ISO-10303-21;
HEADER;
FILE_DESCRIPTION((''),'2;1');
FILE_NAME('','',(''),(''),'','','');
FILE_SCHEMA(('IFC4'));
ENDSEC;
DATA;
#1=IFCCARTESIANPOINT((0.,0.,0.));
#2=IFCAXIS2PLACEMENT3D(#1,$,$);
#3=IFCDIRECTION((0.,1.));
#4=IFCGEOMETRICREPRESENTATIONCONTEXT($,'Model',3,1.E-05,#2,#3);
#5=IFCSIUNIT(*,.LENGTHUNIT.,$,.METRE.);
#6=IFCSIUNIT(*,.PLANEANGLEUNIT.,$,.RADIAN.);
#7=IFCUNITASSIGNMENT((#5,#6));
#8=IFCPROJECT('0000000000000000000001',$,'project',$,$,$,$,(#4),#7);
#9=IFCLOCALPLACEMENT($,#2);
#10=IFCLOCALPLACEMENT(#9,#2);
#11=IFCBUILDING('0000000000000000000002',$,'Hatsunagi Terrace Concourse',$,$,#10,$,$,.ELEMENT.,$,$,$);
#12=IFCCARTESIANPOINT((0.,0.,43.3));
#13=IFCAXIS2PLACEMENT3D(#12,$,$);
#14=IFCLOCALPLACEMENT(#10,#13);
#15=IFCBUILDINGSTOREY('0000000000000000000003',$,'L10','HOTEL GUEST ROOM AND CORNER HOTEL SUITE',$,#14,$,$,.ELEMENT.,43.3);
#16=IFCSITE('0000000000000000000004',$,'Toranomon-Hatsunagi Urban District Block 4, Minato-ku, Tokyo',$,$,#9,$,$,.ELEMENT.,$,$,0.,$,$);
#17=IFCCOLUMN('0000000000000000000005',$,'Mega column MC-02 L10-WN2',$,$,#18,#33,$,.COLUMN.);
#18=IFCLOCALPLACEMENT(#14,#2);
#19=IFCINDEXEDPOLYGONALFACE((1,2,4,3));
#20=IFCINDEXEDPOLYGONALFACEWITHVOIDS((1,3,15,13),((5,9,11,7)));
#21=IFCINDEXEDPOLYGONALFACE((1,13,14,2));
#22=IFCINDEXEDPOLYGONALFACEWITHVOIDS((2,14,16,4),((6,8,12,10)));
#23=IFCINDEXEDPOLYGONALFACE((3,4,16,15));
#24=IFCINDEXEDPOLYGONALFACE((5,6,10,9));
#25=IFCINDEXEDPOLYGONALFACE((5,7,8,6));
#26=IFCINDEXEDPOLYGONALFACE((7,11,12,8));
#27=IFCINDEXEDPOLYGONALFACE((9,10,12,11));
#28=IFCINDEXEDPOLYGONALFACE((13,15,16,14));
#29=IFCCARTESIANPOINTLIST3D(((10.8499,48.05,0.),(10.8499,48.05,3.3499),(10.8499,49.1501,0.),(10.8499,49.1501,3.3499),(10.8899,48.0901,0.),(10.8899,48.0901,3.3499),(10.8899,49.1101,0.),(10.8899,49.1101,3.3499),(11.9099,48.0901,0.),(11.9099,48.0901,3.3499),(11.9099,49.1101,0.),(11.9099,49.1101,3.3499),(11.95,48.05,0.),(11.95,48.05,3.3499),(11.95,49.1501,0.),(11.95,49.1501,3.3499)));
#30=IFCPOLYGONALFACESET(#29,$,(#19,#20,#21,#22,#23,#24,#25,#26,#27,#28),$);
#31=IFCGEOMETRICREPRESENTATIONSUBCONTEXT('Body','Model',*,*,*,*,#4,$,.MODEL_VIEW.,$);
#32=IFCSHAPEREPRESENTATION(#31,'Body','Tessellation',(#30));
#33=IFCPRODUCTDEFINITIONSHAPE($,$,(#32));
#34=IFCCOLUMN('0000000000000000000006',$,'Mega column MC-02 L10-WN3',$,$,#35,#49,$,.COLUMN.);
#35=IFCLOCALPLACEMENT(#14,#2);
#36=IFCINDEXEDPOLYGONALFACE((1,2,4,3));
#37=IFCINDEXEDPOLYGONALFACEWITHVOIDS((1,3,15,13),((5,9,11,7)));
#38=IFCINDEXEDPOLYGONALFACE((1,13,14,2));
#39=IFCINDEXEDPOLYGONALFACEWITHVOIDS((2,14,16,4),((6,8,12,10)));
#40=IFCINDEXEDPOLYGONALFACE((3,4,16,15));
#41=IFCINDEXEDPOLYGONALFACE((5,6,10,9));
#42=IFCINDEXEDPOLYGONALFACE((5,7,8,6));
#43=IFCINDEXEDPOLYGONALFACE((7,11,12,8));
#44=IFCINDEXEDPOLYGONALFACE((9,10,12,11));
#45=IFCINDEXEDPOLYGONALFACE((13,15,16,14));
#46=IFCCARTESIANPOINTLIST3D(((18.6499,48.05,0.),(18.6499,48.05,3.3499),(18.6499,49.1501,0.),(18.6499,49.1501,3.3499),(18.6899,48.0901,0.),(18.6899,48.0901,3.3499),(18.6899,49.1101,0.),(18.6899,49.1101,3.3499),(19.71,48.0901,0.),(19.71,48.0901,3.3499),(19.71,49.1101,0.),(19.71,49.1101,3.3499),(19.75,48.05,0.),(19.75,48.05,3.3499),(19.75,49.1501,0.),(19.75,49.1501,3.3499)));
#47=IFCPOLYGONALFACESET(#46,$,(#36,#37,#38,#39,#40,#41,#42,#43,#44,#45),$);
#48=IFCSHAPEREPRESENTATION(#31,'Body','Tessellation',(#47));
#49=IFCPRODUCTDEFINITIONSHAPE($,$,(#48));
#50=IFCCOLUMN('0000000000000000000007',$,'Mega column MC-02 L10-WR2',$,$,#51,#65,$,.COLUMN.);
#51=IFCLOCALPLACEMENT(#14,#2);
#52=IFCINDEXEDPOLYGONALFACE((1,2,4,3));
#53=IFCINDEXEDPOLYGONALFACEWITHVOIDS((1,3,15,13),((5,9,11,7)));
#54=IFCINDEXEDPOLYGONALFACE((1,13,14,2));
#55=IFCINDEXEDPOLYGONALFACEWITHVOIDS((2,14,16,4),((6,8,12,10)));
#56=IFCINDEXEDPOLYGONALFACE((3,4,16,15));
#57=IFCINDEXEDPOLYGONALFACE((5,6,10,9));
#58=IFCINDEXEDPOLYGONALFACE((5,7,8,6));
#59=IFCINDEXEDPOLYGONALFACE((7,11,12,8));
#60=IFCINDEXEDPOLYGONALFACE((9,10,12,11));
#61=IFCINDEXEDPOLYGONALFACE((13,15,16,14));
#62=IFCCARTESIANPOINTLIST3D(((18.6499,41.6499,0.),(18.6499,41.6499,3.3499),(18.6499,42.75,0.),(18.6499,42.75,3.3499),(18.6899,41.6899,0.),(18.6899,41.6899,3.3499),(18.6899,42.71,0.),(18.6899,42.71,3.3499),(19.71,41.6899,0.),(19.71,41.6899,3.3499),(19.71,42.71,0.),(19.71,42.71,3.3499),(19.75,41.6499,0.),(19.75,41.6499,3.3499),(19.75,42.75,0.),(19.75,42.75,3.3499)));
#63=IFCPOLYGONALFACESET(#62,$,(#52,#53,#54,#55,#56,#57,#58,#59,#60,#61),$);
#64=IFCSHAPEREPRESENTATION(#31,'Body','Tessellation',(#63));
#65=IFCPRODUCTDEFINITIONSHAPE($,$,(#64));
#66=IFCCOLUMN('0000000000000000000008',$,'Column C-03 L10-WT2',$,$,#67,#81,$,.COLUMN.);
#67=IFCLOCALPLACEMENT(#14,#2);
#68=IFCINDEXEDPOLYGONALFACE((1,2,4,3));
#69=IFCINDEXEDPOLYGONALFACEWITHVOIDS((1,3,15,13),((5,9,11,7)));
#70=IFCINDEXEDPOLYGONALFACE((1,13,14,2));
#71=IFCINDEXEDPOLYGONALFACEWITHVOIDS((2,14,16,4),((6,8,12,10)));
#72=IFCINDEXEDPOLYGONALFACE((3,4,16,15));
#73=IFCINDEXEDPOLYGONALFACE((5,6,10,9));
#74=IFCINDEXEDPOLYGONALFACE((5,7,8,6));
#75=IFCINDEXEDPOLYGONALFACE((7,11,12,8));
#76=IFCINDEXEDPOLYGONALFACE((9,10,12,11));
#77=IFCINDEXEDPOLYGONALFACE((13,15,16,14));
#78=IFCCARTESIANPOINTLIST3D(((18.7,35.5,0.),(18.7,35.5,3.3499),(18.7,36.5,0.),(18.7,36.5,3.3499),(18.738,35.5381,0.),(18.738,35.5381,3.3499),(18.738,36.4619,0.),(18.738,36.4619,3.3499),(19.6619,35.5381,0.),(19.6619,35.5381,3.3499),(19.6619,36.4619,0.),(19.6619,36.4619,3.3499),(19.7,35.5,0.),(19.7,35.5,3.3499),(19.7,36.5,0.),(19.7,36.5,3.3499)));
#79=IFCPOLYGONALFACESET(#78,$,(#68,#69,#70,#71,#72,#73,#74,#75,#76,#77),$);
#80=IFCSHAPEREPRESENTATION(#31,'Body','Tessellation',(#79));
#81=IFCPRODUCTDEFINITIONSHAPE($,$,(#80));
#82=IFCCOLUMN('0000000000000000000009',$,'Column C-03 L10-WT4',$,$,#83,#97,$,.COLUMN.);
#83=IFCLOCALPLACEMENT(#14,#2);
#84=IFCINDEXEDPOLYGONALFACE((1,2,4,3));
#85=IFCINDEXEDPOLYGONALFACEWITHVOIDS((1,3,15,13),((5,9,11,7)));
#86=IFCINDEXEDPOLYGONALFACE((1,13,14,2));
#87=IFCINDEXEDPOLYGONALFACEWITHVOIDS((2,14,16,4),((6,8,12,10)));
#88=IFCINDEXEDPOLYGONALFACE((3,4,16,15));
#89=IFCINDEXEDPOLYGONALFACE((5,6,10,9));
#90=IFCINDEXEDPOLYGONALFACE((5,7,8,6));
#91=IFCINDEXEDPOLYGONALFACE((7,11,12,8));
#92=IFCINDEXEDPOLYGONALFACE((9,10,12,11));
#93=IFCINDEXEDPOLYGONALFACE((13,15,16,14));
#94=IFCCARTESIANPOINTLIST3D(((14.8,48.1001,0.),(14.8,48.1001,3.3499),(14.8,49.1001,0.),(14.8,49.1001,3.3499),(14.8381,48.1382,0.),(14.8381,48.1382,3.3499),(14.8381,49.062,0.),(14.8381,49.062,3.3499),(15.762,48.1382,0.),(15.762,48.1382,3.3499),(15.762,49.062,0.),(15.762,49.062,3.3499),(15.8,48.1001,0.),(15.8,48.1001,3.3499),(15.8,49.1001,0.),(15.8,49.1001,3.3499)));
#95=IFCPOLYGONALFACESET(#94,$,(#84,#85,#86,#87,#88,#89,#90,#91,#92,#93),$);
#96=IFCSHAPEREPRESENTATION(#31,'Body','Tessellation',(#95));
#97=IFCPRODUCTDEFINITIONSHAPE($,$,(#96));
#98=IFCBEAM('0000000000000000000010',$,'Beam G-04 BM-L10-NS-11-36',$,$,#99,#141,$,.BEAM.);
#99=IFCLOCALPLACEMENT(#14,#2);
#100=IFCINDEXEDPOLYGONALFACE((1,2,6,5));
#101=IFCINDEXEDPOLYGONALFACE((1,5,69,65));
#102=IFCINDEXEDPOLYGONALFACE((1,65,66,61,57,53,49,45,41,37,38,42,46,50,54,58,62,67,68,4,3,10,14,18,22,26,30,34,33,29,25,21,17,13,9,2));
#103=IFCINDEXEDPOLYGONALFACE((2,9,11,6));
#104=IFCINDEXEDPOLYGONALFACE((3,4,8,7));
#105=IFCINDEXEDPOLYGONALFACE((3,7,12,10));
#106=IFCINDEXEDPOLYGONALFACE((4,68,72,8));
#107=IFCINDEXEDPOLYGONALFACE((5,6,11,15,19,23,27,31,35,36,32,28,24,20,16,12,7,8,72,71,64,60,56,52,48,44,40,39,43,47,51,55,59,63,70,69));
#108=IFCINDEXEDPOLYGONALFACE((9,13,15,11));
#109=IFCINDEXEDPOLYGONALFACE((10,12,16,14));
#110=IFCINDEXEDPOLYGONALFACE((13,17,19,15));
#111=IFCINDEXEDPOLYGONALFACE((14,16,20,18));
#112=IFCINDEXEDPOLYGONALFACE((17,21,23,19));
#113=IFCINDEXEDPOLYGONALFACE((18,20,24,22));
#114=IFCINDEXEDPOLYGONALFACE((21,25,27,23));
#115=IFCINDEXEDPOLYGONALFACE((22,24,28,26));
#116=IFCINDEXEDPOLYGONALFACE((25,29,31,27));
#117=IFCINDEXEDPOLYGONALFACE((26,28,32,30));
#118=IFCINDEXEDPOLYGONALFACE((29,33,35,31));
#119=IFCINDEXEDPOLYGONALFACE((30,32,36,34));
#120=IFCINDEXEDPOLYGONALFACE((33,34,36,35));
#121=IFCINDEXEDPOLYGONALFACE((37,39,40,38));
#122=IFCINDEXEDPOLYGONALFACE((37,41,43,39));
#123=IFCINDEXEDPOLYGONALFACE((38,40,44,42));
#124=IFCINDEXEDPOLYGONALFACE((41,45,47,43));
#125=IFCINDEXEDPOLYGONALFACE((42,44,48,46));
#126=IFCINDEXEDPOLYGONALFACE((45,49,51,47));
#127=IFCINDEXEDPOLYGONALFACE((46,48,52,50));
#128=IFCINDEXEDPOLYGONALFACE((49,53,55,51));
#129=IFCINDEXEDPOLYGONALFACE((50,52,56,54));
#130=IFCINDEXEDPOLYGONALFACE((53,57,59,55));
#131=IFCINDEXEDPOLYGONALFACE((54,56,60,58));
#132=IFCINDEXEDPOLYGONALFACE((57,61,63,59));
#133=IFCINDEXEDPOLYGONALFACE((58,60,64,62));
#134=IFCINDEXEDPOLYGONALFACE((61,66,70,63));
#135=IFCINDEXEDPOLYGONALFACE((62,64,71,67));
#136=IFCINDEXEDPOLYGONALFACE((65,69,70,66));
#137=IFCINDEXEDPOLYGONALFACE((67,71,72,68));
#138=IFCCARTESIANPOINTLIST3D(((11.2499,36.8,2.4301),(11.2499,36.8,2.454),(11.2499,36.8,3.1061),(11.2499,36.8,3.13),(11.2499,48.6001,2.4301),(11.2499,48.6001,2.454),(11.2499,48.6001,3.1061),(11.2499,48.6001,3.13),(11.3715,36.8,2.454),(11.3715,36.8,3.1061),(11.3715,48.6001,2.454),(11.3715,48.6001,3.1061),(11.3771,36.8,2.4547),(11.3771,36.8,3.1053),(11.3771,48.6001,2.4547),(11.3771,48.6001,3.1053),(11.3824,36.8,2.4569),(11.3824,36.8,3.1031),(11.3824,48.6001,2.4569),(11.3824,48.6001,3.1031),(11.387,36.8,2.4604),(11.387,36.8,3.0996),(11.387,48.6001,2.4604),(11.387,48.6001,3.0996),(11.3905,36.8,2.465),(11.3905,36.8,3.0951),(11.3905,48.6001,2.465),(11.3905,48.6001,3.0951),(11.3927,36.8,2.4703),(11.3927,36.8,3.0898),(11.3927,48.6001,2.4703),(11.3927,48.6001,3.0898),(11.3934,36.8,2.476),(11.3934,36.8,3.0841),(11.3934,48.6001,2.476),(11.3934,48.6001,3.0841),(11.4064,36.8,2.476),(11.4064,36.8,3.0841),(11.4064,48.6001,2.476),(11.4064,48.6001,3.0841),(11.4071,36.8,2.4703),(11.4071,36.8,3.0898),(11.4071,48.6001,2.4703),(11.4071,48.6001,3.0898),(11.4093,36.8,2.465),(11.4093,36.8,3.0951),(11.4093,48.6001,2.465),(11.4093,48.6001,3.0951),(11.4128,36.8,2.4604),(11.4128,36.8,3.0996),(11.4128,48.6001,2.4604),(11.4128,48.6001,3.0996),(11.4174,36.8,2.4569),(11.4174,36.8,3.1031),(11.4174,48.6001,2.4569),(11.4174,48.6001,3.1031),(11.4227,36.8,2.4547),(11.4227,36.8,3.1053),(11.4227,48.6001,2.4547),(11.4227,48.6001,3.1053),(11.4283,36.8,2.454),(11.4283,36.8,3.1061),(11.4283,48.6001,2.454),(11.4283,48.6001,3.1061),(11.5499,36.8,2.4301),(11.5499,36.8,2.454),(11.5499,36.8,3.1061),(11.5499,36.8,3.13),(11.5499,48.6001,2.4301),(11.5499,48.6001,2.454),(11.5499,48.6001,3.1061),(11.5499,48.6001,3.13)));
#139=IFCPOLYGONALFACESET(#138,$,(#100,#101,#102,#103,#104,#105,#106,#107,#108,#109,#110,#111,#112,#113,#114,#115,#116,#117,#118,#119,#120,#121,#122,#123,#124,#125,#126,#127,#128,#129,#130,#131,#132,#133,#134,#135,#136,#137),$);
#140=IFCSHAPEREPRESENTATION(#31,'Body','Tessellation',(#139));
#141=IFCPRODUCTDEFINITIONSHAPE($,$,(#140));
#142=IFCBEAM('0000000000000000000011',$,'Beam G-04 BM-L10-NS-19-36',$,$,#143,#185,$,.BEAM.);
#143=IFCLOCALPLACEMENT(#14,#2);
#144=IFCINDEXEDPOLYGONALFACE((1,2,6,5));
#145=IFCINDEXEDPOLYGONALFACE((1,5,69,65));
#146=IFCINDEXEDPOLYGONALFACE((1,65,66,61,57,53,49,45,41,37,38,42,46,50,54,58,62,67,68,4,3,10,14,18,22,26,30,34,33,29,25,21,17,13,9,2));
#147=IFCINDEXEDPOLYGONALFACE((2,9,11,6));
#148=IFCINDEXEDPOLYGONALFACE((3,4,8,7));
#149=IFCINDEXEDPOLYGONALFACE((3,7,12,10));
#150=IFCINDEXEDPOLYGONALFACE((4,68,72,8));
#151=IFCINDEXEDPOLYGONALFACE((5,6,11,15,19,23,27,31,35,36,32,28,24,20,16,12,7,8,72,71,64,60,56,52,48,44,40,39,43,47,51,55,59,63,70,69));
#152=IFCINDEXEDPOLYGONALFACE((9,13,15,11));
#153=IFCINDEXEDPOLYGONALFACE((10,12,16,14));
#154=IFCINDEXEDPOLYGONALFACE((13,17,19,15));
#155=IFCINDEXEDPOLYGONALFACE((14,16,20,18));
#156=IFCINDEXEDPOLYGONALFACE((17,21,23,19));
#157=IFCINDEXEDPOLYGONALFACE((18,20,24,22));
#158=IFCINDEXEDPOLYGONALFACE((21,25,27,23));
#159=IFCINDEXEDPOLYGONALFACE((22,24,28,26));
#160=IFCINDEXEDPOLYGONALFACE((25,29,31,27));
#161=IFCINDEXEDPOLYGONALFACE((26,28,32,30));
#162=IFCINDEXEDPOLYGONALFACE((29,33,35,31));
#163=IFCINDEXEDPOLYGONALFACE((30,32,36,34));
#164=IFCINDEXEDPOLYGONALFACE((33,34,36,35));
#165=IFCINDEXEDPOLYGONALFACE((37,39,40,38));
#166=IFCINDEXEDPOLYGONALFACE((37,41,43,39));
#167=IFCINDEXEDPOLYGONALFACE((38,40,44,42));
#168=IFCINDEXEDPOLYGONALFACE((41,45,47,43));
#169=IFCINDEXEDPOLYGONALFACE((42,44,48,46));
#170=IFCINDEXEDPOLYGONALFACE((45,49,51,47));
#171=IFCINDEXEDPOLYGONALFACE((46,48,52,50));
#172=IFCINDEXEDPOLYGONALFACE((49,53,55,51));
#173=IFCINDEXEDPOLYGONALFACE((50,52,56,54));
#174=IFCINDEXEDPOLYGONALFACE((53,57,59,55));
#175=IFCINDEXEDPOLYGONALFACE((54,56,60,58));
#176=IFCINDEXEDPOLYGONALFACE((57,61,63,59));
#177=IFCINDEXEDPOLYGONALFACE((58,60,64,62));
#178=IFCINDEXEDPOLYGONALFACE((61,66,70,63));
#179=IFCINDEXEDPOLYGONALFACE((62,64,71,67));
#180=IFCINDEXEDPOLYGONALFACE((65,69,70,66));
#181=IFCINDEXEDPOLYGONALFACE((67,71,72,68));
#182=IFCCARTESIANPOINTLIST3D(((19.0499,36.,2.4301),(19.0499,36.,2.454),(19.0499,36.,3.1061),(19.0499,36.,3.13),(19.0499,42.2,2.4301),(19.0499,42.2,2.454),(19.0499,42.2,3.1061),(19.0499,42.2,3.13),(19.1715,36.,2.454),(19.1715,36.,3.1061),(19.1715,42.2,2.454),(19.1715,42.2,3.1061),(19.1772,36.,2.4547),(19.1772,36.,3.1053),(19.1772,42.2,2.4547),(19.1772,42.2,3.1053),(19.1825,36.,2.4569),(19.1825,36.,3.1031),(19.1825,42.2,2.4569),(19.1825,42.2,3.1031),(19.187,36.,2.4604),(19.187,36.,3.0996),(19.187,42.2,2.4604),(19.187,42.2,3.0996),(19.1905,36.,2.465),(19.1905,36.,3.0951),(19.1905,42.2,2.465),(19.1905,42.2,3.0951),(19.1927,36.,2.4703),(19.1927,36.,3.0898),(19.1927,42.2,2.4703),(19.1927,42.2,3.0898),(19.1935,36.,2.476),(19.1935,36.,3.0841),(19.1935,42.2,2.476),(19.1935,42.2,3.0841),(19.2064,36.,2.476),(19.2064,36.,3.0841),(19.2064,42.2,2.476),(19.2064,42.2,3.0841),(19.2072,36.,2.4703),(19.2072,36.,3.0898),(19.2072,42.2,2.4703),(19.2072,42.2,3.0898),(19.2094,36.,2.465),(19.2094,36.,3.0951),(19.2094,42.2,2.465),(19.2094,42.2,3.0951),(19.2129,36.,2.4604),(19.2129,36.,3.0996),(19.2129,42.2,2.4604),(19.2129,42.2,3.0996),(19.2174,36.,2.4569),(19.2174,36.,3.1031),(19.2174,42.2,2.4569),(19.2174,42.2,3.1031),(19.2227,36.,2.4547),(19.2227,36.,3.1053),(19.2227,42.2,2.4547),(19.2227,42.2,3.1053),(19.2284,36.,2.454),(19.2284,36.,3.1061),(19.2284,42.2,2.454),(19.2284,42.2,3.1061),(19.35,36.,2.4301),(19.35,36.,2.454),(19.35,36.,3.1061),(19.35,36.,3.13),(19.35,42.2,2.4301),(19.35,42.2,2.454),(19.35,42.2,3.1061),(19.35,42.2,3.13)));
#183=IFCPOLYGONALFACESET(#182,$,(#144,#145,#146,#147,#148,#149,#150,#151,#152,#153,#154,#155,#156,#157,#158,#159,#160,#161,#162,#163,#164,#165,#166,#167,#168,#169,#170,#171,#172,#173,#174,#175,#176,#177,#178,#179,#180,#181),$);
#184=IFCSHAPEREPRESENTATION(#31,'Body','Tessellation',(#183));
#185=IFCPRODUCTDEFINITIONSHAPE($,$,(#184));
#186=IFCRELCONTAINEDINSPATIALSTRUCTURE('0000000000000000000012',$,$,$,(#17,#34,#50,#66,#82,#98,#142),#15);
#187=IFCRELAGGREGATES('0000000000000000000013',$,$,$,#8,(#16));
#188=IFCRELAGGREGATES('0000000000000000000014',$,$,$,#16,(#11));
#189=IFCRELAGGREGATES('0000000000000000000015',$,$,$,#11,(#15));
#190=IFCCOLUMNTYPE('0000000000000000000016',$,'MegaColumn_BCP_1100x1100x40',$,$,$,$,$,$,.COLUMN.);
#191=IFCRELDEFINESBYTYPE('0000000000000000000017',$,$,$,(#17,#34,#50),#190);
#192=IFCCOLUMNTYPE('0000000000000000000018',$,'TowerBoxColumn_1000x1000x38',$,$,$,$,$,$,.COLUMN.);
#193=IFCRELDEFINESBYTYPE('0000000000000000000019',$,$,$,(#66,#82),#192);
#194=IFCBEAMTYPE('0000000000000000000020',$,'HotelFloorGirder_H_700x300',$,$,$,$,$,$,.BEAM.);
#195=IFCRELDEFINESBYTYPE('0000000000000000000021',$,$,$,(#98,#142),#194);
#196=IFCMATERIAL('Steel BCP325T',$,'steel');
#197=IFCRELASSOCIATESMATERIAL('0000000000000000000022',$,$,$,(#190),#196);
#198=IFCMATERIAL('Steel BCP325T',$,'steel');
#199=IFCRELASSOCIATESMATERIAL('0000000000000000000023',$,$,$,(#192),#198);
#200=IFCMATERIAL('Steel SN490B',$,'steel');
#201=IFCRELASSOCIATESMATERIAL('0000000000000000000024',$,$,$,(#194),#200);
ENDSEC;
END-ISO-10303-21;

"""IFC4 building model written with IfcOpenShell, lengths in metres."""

from ifc_helpers import new_model, si_unit, direction, frame, origin, origin_2d, place, context, subcontext, project, spatial, hollow_rectangle, i_section, extrude, material, material_profile, profile_set, type_object, element, save


model = new_model("IFC4")

# Units and contexts
model_context = context("Model", 3, precision=1e-05, world=origin(), true_north=direction((0.0, 1.0)))
body_context = subcontext(model_context, "Body", "Model", "MODEL_VIEW")
ifc_project = project(units=[si_unit("LENGTHUNIT", "METRE"), si_unit("PLANEANGLEUNIT", "RADIAN")], contexts=[model_context])

# Site, building, storey
site_placement = place(None, origin())
site = spatial("IfcSite", under=ifc_project, at=site_placement, Name="Toranomon-Hatsunagi Urban District Block 4, Minato-ku, Tokyo", CompositionType="ELEMENT", RefElevation=0.0)
building_placement = place(site_placement, origin())
building = spatial("IfcBuilding", under=site, at=building_placement, Name="Hatsunagi Terrace Concourse", CompositionType="ELEMENT")
storey_placement = place(building_placement, frame((0.0, 0.0, 43.3)))
storey = spatial("IfcBuildingStorey", under=building, at=storey_placement, Name="L10", Description="HOTEL GUEST ROOM AND CORNER HOTEL SUITE", CompositionType="ELEMENT", Elevation=43.3)

# Columns
ifc_material_1 = material(Name="Steel BCP325T", Category="steel")
ifc_material_profile_1 = material_profile(ifc_material_1, hollow_rectangle(XDim=1.1001, YDim=1.1001, WallThickness=0.04, at=origin_2d()), Name="BCP-1100x1100x40")
ifc_profile_set_1 = profile_set([ifc_material_profile_1], Name="Steel BCP325T")
column_type_1 = type_object("IfcColumnType", Name="MegaColumn_BCP_1100x1100x40", PredefinedType="COLUMN", material=ifc_profile_set_1)
for number, where, z_axis, x_axis, name in (
    (1, (11.3999, 48.6001, 0.0), (0.0, 0.0, 1.0), (1.0, 0.0, 0.0), "Mega column MC-02 L10-WN2"),
    (2, (19.2, 48.6001, 0.0), (0.0, 0.0, 1.0), (1.0, 0.0, 0.0), "Mega column MC-02 L10-WN3"),
    (3, (19.2, 42.2, 0.0), (0.0, 0.0, 1.0), (1.0, 0.0, 0.0), "Mega column MC-02 L10-WR2"),
):
    element("IfcColumn", number, at=place(storey_placement, frame(where, z_axis=z_axis, x_axis=x_axis)), inside=storey, type_object=column_type_1, Name=name, PredefinedType="COLUMN", context=body_context, shape_type="SweptSolid", body=[
        extrude(hollow_rectangle(XDim=1.1001, YDim=1.1001, WallThickness=0.04, at=origin_2d()), origin(), (0.0, 0.0, 1.0), 3.3499),
    ])
ifc_material_2 = material(Name="Steel BCP325T", Category="steel")
ifc_material_profile_2 = material_profile(ifc_material_2, hollow_rectangle(XDim=1.0, YDim=1.0, WallThickness=0.0381, at=origin_2d()), Name="BCP-1000x1000x38")
ifc_profile_set_2 = profile_set([ifc_material_profile_2], Name="Steel BCP325T")
column_type_2 = type_object("IfcColumnType", Name="TowerBoxColumn_1000x1000x38", PredefinedType="COLUMN", material=ifc_profile_set_2)
for number, where, z_axis, x_axis, name in (
    (4, (19.2, 36.0, 0.0), (0.0, 0.0, 1.0), (1.0, 0.0, 0.0), "Column C-03 L10-WT2"),
    (5, (15.3, 48.6001, 0.0), (0.0, 0.0, 1.0), (1.0, 0.0, 0.0), "Column C-03 L10-WT4"),
):
    element("IfcColumn", number, at=place(storey_placement, frame(where, z_axis=z_axis, x_axis=x_axis)), inside=storey, type_object=column_type_2, Name=name, PredefinedType="COLUMN", context=body_context, shape_type="SweptSolid", body=[
        extrude(hollow_rectangle(XDim=1.0, YDim=1.0, WallThickness=0.0381, at=origin_2d()), origin(), (0.0, 0.0, 1.0), 3.3499),
    ])

# Beams
ifc_material_3 = material(Name="Steel SN490B", Category="steel")
ifc_material_profile_3 = material_profile(ifc_material_3, i_section(OverallWidth=0.3, OverallDepth=0.7, WebThickness=0.0129, FlangeThickness=0.0239, FilletRadius=0.022, at=origin_2d()), Name="H-700x300x13x24")
ifc_profile_set_3 = profile_set([ifc_material_profile_3], Name="Steel SN490B")
beam_type_1 = type_object("IfcBeamType", Name="HotelFloorGirder_H_700x300", PredefinedType="BEAM", material=ifc_profile_set_3)
beam_1_placement = place(storey_placement, frame((11.3999, 36.8, 2.78), z_axis=(0.0, 1.0, 0.0), x_axis=(-1.0, 0.0, 0.0)))
element("IfcBeam", 6, at=beam_1_placement, inside=storey, type_object=beam_type_1, Name="Beam G-04 BM-L10-NS-11-36", PredefinedType="BEAM", context=body_context, shape_type="SweptSolid", body=[
    extrude(i_section(OverallWidth=0.3, OverallDepth=0.7, WebThickness=0.0129, FlangeThickness=0.0239, FilletRadius=0.022, at=origin_2d()), origin(), (0.0, 0.0, 1.0), 11.8),
])
beam_2_placement = place(storey_placement, frame((19.2, 36.0, 2.78), z_axis=(0.0, 1.0, 0.0), x_axis=(-1.0, 0.0, 0.0)))
element("IfcBeam", 7, at=beam_2_placement, inside=storey, type_object=beam_type_1, Name="Beam G-04 BM-L10-NS-19-36", PredefinedType="BEAM", context=body_context, shape_type="SweptSolid", body=[
    extrude(i_section(OverallWidth=0.3, OverallDepth=0.7, WebThickness=0.0129, FlangeThickness=0.0239, FilletRadius=0.022, at=origin_2d()), origin(), (0.0, 0.0, 1.0), 6.2),
])

save(model, "model.ifc")
